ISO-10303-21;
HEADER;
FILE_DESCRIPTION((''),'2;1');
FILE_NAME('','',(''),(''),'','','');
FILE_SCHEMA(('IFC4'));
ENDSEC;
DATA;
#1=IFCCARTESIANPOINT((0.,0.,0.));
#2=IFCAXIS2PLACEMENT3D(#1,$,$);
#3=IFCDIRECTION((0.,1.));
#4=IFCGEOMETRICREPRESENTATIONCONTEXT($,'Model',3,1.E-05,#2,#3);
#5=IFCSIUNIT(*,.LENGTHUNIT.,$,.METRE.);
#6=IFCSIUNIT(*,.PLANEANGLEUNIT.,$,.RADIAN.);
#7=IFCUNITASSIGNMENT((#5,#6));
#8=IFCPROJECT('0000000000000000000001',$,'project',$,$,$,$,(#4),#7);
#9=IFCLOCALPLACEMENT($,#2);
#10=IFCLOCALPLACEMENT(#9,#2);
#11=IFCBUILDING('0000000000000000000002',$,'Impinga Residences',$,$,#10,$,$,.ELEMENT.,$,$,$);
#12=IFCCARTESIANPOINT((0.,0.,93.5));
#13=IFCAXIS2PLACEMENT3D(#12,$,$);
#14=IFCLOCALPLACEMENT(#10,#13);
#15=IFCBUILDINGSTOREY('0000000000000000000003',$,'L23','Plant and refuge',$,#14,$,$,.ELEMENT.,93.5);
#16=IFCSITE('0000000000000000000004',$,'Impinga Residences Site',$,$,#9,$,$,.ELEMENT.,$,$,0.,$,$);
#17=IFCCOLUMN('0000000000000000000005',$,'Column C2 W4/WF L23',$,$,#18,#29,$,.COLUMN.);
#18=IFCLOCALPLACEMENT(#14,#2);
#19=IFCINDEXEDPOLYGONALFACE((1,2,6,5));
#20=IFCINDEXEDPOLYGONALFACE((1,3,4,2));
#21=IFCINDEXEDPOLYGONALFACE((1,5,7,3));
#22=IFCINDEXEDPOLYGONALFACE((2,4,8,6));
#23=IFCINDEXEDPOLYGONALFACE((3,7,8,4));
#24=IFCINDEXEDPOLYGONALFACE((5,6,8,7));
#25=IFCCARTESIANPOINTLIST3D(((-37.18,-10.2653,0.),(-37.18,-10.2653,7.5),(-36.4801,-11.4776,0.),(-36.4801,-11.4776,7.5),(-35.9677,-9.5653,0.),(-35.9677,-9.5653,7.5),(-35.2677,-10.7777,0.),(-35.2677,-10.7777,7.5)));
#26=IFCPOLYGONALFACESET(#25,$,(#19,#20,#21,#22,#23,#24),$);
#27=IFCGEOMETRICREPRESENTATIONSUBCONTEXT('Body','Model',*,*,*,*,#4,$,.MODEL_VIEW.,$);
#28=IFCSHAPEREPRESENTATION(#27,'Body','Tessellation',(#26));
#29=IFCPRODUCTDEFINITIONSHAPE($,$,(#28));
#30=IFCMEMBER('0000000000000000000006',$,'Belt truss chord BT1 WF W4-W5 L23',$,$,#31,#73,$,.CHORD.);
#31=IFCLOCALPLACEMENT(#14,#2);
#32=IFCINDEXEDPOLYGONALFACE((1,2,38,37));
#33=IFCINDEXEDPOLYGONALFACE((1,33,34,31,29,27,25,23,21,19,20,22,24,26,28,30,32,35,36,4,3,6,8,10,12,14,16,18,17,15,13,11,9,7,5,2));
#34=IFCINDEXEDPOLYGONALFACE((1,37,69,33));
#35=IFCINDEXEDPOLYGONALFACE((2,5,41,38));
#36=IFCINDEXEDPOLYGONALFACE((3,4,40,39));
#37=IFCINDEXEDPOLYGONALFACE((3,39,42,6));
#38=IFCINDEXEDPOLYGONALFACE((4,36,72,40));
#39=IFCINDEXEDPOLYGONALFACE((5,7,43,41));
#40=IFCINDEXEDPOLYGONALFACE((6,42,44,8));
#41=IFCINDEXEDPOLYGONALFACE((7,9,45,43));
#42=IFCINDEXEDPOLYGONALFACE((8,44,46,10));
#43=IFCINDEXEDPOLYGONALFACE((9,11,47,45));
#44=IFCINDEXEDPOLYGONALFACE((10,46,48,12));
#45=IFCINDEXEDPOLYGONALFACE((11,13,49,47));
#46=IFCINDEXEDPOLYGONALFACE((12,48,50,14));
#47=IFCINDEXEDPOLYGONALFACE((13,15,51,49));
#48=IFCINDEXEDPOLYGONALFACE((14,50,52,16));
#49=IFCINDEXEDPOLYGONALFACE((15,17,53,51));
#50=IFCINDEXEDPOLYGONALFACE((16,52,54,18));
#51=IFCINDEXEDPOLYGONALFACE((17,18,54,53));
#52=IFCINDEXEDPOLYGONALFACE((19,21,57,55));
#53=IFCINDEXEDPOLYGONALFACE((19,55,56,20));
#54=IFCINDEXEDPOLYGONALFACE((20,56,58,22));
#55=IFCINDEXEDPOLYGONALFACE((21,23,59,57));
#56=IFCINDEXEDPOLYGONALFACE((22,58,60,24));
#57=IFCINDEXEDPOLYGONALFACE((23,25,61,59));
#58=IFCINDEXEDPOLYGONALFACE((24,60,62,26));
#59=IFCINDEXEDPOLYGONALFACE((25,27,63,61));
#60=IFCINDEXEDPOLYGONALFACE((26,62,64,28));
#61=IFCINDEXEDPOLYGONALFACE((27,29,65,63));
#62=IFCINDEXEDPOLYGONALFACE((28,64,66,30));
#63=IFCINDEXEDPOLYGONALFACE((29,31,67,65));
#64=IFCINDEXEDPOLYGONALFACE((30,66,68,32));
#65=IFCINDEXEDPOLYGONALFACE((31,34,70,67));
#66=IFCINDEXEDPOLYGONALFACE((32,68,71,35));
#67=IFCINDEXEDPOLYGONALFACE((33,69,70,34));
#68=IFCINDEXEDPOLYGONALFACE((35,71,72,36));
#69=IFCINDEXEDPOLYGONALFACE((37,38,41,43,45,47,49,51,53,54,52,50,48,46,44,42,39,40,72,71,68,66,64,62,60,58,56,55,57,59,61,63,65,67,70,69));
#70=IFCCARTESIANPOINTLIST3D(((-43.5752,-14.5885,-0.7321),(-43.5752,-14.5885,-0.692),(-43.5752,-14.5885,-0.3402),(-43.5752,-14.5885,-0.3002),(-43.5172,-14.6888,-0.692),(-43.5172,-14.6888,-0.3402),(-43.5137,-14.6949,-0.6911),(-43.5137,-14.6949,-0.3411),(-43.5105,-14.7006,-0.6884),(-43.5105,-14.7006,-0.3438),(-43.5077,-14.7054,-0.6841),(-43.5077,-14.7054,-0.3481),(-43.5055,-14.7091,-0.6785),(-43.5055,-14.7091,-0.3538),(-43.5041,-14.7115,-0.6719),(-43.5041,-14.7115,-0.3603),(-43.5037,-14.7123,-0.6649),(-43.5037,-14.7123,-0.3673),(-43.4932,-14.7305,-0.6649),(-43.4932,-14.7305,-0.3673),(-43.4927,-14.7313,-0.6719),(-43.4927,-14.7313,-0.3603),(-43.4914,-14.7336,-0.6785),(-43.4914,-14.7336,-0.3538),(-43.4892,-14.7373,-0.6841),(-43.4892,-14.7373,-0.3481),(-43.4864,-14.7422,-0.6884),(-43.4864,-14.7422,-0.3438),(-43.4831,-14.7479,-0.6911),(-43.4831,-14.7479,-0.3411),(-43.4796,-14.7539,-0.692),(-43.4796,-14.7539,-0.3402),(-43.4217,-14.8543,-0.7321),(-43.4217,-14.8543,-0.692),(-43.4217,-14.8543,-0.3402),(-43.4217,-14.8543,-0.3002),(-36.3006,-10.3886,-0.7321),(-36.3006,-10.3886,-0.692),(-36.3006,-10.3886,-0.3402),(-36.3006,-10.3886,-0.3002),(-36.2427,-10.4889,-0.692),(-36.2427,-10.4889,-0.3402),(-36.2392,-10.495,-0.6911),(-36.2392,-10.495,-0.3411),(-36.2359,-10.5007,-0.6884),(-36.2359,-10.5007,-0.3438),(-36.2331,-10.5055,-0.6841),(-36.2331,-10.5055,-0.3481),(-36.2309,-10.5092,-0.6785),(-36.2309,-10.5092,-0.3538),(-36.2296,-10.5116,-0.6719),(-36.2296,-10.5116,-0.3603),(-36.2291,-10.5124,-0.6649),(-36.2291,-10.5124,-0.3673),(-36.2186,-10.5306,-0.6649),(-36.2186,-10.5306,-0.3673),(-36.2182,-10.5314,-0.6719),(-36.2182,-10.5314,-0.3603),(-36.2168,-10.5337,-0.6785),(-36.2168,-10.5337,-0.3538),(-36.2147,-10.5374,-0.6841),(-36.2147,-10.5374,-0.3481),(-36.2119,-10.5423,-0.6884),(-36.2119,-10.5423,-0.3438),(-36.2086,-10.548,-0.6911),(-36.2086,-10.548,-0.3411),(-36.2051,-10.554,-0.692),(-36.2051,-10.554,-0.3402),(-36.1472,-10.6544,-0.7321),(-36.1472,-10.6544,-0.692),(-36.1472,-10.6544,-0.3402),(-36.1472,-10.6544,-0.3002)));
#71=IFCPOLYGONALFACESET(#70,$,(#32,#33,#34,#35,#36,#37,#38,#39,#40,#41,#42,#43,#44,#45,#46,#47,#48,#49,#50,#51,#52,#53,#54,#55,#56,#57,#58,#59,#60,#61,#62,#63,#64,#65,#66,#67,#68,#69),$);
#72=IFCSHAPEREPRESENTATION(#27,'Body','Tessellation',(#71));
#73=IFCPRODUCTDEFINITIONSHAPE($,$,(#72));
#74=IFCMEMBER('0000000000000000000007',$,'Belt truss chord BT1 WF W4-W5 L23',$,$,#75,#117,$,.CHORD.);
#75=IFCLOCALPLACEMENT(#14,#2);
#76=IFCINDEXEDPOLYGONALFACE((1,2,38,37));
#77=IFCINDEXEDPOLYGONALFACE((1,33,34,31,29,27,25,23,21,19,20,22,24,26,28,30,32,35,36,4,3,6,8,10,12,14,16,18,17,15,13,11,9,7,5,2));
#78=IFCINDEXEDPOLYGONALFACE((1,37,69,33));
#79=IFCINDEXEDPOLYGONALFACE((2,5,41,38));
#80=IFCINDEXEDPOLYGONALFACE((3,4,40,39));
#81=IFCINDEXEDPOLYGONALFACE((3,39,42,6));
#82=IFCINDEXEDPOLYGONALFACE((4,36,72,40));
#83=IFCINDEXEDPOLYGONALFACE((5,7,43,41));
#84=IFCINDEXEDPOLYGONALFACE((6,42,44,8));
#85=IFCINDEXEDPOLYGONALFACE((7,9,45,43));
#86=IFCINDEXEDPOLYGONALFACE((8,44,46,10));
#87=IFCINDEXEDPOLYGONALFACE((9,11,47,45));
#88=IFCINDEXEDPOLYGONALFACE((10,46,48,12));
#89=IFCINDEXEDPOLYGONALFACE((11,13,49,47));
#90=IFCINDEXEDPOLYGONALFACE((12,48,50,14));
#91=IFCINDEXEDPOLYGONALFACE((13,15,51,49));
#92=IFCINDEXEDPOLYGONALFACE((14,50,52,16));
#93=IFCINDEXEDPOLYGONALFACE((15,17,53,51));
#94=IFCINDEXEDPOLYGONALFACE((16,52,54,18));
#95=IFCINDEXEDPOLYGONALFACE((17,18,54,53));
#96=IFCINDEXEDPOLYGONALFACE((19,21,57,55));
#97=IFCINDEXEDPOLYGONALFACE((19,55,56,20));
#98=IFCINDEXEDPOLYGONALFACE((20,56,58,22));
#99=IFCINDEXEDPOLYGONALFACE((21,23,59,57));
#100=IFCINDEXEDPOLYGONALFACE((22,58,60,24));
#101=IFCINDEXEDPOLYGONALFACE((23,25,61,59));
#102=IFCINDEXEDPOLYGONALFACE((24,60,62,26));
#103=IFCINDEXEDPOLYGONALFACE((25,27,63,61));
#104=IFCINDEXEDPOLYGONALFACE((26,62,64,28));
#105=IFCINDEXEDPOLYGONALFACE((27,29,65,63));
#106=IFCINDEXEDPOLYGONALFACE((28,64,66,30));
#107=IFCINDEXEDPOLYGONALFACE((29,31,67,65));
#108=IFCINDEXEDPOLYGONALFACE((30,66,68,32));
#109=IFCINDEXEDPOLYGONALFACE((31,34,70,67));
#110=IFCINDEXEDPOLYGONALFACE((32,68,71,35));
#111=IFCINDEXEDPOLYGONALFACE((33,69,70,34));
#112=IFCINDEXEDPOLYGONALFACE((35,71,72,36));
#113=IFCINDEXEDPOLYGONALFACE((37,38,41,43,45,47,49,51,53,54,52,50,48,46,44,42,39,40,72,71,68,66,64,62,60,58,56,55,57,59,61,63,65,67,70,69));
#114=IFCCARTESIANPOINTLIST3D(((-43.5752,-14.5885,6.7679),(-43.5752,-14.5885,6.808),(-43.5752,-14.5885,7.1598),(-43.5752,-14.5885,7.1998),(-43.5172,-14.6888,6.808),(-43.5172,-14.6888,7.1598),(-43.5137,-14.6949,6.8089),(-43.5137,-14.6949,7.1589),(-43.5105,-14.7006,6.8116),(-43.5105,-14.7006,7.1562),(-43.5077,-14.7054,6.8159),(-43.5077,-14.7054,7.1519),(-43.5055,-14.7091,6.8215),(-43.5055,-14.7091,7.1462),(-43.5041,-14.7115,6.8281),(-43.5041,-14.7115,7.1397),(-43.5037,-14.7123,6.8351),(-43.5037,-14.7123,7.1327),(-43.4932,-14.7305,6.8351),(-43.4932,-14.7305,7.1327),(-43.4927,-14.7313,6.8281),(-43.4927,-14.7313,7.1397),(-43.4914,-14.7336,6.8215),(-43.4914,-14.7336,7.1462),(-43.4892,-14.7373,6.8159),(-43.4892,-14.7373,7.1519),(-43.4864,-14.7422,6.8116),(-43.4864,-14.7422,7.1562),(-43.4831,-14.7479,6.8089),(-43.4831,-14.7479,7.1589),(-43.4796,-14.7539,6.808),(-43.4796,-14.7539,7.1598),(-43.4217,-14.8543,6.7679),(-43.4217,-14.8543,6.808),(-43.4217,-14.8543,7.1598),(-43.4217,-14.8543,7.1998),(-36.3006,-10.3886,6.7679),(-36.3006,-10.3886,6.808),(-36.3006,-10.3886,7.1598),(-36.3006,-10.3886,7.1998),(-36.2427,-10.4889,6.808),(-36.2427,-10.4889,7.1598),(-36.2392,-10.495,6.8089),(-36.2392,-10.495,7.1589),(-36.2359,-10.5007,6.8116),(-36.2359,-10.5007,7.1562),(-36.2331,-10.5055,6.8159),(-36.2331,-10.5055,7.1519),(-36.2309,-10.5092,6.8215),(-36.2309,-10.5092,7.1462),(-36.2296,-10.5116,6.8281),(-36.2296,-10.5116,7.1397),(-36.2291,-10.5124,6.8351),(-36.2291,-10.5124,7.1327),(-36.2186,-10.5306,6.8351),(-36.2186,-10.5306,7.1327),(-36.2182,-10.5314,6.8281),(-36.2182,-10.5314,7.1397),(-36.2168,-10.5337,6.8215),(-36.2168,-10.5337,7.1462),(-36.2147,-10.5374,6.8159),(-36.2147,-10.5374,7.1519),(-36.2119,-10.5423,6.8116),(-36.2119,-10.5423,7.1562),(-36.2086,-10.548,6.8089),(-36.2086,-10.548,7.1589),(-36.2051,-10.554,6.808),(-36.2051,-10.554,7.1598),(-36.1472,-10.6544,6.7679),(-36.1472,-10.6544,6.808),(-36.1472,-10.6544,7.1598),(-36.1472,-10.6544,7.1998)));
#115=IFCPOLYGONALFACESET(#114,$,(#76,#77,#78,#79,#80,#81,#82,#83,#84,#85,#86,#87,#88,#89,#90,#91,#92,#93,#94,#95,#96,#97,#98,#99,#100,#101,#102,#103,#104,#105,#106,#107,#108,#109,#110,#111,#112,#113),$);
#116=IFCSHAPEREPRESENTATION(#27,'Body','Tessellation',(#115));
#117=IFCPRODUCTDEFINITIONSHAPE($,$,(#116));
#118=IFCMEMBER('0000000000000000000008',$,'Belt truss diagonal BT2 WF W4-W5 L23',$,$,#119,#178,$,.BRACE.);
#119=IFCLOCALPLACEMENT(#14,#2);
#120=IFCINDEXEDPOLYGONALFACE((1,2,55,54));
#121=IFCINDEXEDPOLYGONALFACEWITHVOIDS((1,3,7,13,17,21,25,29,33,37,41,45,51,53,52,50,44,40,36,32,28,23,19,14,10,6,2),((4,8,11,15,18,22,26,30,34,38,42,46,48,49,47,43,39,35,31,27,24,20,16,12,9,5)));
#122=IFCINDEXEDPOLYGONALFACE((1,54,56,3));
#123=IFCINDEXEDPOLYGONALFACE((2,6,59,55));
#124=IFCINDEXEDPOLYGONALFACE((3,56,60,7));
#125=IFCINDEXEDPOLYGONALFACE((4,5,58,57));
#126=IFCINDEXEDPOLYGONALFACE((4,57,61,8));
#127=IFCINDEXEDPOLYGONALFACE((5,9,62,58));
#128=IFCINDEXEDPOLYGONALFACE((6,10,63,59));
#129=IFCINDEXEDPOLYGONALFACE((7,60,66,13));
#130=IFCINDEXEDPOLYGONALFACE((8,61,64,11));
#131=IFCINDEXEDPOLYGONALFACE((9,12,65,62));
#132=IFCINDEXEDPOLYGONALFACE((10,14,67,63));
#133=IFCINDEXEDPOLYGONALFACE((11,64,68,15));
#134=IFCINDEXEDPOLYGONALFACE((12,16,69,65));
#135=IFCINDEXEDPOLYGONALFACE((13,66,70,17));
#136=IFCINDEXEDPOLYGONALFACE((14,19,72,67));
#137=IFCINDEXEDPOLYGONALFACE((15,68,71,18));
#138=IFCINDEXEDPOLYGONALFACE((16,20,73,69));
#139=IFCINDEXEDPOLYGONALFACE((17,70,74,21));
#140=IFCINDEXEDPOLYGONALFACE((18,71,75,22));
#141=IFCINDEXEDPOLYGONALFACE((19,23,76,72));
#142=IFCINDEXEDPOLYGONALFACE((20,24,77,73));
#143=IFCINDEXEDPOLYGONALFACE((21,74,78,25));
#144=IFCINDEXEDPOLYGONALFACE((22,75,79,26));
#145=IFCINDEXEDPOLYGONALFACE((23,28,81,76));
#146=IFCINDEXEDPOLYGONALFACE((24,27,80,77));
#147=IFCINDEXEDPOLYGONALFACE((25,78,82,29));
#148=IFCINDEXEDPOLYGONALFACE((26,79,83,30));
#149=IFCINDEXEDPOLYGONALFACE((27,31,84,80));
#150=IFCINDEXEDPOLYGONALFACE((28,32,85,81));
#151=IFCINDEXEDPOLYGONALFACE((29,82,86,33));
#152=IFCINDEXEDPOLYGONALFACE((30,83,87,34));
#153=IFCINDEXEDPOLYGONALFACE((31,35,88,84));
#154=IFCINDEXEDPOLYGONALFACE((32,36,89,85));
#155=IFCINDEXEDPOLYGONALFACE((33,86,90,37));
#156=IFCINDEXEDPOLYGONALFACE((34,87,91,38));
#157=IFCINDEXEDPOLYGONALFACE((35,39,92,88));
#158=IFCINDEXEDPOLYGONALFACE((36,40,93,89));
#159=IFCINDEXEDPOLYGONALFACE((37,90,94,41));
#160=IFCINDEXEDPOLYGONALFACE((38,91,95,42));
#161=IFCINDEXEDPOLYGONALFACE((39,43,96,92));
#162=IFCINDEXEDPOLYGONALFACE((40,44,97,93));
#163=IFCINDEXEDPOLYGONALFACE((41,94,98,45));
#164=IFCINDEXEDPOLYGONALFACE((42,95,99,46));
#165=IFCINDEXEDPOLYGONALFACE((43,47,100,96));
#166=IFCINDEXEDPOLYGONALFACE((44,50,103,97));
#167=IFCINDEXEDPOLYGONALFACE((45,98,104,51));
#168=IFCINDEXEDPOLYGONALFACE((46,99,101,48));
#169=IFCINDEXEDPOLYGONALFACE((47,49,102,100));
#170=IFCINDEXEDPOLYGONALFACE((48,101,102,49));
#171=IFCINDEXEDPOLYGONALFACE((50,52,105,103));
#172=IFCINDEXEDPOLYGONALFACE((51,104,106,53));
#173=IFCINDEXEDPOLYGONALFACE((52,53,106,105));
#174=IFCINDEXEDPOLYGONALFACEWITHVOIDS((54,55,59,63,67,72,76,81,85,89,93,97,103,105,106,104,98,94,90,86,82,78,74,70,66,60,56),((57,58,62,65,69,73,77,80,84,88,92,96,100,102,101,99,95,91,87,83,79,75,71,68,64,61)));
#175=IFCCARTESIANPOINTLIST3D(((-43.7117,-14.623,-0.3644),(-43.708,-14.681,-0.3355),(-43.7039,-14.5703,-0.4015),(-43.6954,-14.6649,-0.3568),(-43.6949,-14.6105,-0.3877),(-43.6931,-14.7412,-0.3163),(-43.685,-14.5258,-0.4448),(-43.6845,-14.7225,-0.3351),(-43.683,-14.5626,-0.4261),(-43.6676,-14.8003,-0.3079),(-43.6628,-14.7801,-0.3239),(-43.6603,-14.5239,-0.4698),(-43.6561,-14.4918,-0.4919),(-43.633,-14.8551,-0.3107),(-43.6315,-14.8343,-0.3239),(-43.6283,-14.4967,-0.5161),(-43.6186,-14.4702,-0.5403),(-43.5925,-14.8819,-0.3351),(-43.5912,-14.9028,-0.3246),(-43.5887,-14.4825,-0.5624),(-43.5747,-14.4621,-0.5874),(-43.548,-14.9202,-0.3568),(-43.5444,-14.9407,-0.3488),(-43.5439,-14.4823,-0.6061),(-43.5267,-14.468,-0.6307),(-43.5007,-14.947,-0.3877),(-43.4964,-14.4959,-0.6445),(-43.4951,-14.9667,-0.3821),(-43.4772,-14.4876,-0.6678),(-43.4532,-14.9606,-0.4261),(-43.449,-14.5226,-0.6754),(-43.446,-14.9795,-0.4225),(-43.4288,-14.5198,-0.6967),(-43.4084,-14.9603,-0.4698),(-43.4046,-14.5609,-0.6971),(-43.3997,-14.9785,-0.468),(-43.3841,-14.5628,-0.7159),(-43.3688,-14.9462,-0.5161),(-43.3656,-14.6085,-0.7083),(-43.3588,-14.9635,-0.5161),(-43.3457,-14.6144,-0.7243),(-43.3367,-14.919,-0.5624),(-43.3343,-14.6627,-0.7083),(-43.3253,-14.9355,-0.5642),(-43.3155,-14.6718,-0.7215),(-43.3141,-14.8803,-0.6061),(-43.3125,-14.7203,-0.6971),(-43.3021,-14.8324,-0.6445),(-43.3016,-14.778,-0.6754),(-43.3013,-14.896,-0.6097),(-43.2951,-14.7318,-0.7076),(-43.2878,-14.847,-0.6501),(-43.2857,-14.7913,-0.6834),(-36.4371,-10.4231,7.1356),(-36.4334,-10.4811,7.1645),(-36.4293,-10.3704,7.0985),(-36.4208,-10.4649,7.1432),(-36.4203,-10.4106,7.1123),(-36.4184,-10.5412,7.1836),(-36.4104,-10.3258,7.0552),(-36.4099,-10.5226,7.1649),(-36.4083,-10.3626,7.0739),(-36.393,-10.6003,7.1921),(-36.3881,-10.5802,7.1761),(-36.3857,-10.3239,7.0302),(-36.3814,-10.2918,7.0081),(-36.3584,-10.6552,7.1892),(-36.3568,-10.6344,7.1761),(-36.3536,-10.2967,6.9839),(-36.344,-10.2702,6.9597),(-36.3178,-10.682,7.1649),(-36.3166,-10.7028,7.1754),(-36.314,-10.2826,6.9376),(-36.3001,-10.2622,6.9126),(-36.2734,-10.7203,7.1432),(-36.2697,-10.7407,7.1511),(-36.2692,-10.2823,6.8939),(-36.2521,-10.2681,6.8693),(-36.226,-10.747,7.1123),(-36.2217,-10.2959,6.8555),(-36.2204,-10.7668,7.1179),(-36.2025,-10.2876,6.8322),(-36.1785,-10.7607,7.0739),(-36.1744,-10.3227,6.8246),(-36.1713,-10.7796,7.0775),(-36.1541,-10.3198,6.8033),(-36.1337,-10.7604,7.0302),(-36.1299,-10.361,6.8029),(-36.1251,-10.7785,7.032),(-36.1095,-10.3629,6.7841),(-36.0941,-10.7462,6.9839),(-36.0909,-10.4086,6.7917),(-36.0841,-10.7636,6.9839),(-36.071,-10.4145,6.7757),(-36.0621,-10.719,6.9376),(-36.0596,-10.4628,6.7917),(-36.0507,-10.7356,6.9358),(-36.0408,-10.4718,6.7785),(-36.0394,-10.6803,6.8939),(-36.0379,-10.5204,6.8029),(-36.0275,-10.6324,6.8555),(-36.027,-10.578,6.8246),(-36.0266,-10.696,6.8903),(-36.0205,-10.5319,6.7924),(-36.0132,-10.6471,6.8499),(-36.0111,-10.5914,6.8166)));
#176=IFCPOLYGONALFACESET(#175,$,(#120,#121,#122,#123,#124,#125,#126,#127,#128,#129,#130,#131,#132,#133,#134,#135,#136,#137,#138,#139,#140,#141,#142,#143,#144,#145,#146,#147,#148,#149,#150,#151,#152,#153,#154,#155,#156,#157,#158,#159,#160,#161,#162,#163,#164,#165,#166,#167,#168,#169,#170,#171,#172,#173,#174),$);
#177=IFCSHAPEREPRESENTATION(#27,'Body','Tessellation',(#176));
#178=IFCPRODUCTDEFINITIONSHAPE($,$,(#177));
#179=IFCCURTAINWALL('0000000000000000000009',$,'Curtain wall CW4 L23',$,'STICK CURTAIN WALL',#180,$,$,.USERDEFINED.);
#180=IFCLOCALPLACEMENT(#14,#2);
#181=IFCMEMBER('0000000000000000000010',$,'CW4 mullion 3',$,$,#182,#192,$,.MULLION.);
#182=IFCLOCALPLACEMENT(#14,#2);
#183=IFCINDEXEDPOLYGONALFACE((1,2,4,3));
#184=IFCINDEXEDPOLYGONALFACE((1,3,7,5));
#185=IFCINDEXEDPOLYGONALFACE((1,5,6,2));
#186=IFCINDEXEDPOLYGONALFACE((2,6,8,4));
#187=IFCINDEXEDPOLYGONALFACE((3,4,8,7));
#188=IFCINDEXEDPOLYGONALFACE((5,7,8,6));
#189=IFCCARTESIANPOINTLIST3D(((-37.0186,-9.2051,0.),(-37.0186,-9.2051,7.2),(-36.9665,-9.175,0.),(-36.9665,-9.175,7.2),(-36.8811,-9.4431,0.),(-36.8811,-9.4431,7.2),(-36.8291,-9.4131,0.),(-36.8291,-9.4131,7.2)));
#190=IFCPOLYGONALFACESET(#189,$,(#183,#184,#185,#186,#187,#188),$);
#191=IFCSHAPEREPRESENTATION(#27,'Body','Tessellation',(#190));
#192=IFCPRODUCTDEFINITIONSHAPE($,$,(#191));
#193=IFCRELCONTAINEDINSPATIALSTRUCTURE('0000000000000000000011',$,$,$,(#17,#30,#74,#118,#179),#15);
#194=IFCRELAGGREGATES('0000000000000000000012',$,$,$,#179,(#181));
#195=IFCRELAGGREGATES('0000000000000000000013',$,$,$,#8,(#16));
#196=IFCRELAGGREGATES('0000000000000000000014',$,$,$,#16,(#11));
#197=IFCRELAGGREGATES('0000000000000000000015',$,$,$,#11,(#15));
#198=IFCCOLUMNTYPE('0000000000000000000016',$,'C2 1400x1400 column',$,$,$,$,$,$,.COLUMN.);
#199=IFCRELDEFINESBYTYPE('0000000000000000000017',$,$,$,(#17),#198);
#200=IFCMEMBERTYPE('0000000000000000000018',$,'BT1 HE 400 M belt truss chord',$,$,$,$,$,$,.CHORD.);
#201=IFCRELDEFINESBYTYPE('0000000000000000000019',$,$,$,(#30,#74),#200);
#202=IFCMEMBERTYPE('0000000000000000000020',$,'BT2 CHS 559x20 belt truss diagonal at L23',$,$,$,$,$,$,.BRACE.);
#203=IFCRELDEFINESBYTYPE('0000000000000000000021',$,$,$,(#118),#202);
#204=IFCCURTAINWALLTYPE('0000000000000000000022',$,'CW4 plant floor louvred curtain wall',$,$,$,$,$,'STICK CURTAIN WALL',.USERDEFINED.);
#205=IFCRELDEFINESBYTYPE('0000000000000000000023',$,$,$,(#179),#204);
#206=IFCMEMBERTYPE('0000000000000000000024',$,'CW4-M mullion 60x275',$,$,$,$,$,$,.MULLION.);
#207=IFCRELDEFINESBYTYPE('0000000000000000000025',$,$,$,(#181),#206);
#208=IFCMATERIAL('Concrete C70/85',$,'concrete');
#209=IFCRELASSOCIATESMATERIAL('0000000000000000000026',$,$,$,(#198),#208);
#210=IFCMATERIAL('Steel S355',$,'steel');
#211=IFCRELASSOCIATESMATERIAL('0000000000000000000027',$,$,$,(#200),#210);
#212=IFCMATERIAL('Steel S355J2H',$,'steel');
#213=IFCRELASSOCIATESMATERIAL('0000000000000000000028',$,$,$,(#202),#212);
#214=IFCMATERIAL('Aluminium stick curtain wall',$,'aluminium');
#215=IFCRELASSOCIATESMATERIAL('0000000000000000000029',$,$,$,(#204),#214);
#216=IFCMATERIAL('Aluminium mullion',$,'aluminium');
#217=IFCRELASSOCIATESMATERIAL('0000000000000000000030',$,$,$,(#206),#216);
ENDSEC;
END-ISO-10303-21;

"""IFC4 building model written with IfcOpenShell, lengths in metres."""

from ifc_helpers import new_model, si_unit, direction, frame, origin, origin_2d, place, context, subcontext, project, spatial, rectangle, hollow_circle, i_section, extrude, material, material_profile, profile_set, type_object, element, aggregate, save


model = new_model("IFC4")

# Units and contexts
model_context = context("Model", 3, precision=1e-05, world=origin(), true_north=direction((0.0, 1.0)))
body_context = subcontext(model_context, "Body", "Model", "MODEL_VIEW")
ifc_project = project(units=[si_unit("LENGTHUNIT", "METRE"), si_unit("PLANEANGLEUNIT", "RADIAN")], contexts=[model_context])

# Site, building, storey
site_placement = place(None, origin())
site = spatial("IfcSite", under=ifc_project, at=site_placement, Name="Impinga Residences Site", CompositionType="ELEMENT", RefElevation=0.0)
building_placement = place(site_placement, origin())
building = spatial("IfcBuilding", under=site, at=building_placement, Name="Impinga Residences", CompositionType="ELEMENT")
storey_placement = place(building_placement, frame((0.0, 0.0, 93.5)))
storey = spatial("IfcBuildingStorey", under=building, at=storey_placement, Name="L23", Description="Plant and refuge", CompositionType="ELEMENT", Elevation=93.5)

# Column
ifc_material_1 = material(Name="Concrete C70/85", Category="concrete")
ifc_material_profile_1 = material_profile(ifc_material_1, rectangle(XDim=1.3999, YDim=1.3999, at=origin_2d()), Name="RC 1400x1400")
ifc_profile_set_1 = profile_set([ifc_material_profile_1], Name="Concrete C70/85")
column_type = type_object("IfcColumnType", Name="C2 1400x1400 column", PredefinedType="COLUMN", material=ifc_profile_set_1)
column_placement = place(storey_placement, frame((-36.2239, -10.5215, 0.0), z_axis=(0.0, 0.0, 1.0), x_axis=(-0.5, 0.866025, 0.0)))
element("IfcColumn", 1, at=column_placement, inside=storey, type_object=column_type, Name="Column C2 W4/WF L23", PredefinedType="COLUMN", context=body_context, shape_type="SweptSolid", body=[
    extrude(rectangle(XDim=1.3999, YDim=1.3999, at=origin_2d()), origin(), (0.0, 0.0, 1.0), 7.5),
])

# Members
ifc_material_2 = material(Name="Steel S355", Category="steel")
ifc_material_profile_2 = material_profile(ifc_material_2, i_section(OverallWidth=0.3069, OverallDepth=0.4319, WebThickness=0.021, FlangeThickness=0.04, FilletRadius=0.0271, at=origin_2d()), Name="HE 400 M")
ifc_profile_set_2 = profile_set([ifc_material_profile_2], Name="Steel S355")
member_type_1 = type_object("IfcMemberType", Name="BT1 HE 400 M belt truss chord", PredefinedType="CHORD", material=ifc_profile_set_2)
for number, where, z_axis, x_axis, name in (
    (2, (-36.2239, -10.5215, -0.5161), (-0.866029, -0.499993, 0.0), (0.499993, -0.866029, 0.0), "Belt truss chord BT1 WF W4-W5 L23"),
    (3, (-36.2239, -10.5215, 6.9839), (-0.866029, -0.499993, 0.0), (0.499993, -0.866029, 0.0), "Belt truss chord BT1 WF W4-W5 L23"),
):
    element("IfcMember", number, at=place(storey_placement, frame(where, z_axis=z_axis, x_axis=x_axis)), inside=storey, type_object=member_type_1, Name=name, PredefinedType="CHORD", context=body_context, shape_type="SweptSolid", body=[
        extrude(i_section(OverallWidth=0.3069, OverallDepth=0.4319, WebThickness=0.021, FlangeThickness=0.04, FilletRadius=0.0271, at=origin_2d()), origin(), (0.0, 0.0, 1.0), 8.3999),
    ])
ifc_material_3 = material(Name="Steel S355J2H", Category="steel")
ifc_material_profile_3 = material_profile(ifc_material_3, hollow_circle(Radius=0.2795, WallThickness=0.02, at=origin_2d()), Name="CHS 559x20")
ifc_profile_set_3 = profile_set([ifc_material_profile_3], Name="Steel S355J2H")
member_type_2 = type_object("IfcMemberType", Name="BT2 CHS 559x20 belt truss diagonal at L23", PredefinedType="BRACE", material=ifc_profile_set_3)
member_1_placement = place(storey_placement, frame((-36.2239, -10.5215, 6.9839), z_axis=(-0.646004, -0.372964, -0.666015), x_axis=(0.499993, -0.866029, 0.0)))
element("IfcMember", 4, at=member_1_placement, inside=storey, type_object=member_type_2, Name="Belt truss diagonal BT2 WF W4-W5 L23", PredefinedType="BRACE", context=body_context, shape_type="SweptSolid", body=[
    extrude(hollow_circle(Radius=0.2795, WallThickness=0.02, at=origin_2d()), origin(), (0.0, 0.0, 1.0), 11.261),
])

# Curtain wall, member
ifc_material_4 = material(Name="Aluminium stick curtain wall", Category="aluminium")
curtain_wall_type = type_object("IfcCurtainWallType", Name="CW4 plant floor louvred curtain wall", ElementType="STICK CURTAIN WALL", PredefinedType="USERDEFINED", material=ifc_material_4)
curtain_wall_placement = place(storey_placement, origin())
curtain_wall = element("IfcCurtainWall", 5, at=curtain_wall_placement, inside=storey, type_object=curtain_wall_type, Name="Curtain wall CW4 L23", ObjectType="STICK CURTAIN WALL", PredefinedType="USERDEFINED")
ifc_material_5 = material(Name="Aluminium mullion", Category="aluminium")
ifc_material_profile_4 = material_profile(ifc_material_5, rectangle(XDim=0.0601, YDim=0.2749, at=origin_2d()), Name="60x275 mullion")
ifc_profile_set_4 = profile_set([ifc_material_profile_4], Name="Aluminium mullion")
member_type_3 = type_object("IfcMemberType", Name="CW4-M mullion 60x275", PredefinedType="MULLION", material=ifc_profile_set_4)
member_2_placement = place(storey_placement, frame((-36.9238, -9.3091, 0.0), z_axis=(0.0, 0.0, 1.0), x_axis=(0.866025, 0.5, 0.0)))
member_2 = element("IfcMember", 6, at=member_2_placement, type_object=member_type_3, Name="CW4 mullion 3", PredefinedType="MULLION", context=body_context, shape_type="SweptSolid", body=[
    extrude(rectangle(XDim=0.0601, YDim=0.2749, at=origin_2d()), origin(), (0.0, 0.0, 1.0), 7.2),
])
aggregate(curtain_wall, [member_2])

save(model, "model.ifc")
